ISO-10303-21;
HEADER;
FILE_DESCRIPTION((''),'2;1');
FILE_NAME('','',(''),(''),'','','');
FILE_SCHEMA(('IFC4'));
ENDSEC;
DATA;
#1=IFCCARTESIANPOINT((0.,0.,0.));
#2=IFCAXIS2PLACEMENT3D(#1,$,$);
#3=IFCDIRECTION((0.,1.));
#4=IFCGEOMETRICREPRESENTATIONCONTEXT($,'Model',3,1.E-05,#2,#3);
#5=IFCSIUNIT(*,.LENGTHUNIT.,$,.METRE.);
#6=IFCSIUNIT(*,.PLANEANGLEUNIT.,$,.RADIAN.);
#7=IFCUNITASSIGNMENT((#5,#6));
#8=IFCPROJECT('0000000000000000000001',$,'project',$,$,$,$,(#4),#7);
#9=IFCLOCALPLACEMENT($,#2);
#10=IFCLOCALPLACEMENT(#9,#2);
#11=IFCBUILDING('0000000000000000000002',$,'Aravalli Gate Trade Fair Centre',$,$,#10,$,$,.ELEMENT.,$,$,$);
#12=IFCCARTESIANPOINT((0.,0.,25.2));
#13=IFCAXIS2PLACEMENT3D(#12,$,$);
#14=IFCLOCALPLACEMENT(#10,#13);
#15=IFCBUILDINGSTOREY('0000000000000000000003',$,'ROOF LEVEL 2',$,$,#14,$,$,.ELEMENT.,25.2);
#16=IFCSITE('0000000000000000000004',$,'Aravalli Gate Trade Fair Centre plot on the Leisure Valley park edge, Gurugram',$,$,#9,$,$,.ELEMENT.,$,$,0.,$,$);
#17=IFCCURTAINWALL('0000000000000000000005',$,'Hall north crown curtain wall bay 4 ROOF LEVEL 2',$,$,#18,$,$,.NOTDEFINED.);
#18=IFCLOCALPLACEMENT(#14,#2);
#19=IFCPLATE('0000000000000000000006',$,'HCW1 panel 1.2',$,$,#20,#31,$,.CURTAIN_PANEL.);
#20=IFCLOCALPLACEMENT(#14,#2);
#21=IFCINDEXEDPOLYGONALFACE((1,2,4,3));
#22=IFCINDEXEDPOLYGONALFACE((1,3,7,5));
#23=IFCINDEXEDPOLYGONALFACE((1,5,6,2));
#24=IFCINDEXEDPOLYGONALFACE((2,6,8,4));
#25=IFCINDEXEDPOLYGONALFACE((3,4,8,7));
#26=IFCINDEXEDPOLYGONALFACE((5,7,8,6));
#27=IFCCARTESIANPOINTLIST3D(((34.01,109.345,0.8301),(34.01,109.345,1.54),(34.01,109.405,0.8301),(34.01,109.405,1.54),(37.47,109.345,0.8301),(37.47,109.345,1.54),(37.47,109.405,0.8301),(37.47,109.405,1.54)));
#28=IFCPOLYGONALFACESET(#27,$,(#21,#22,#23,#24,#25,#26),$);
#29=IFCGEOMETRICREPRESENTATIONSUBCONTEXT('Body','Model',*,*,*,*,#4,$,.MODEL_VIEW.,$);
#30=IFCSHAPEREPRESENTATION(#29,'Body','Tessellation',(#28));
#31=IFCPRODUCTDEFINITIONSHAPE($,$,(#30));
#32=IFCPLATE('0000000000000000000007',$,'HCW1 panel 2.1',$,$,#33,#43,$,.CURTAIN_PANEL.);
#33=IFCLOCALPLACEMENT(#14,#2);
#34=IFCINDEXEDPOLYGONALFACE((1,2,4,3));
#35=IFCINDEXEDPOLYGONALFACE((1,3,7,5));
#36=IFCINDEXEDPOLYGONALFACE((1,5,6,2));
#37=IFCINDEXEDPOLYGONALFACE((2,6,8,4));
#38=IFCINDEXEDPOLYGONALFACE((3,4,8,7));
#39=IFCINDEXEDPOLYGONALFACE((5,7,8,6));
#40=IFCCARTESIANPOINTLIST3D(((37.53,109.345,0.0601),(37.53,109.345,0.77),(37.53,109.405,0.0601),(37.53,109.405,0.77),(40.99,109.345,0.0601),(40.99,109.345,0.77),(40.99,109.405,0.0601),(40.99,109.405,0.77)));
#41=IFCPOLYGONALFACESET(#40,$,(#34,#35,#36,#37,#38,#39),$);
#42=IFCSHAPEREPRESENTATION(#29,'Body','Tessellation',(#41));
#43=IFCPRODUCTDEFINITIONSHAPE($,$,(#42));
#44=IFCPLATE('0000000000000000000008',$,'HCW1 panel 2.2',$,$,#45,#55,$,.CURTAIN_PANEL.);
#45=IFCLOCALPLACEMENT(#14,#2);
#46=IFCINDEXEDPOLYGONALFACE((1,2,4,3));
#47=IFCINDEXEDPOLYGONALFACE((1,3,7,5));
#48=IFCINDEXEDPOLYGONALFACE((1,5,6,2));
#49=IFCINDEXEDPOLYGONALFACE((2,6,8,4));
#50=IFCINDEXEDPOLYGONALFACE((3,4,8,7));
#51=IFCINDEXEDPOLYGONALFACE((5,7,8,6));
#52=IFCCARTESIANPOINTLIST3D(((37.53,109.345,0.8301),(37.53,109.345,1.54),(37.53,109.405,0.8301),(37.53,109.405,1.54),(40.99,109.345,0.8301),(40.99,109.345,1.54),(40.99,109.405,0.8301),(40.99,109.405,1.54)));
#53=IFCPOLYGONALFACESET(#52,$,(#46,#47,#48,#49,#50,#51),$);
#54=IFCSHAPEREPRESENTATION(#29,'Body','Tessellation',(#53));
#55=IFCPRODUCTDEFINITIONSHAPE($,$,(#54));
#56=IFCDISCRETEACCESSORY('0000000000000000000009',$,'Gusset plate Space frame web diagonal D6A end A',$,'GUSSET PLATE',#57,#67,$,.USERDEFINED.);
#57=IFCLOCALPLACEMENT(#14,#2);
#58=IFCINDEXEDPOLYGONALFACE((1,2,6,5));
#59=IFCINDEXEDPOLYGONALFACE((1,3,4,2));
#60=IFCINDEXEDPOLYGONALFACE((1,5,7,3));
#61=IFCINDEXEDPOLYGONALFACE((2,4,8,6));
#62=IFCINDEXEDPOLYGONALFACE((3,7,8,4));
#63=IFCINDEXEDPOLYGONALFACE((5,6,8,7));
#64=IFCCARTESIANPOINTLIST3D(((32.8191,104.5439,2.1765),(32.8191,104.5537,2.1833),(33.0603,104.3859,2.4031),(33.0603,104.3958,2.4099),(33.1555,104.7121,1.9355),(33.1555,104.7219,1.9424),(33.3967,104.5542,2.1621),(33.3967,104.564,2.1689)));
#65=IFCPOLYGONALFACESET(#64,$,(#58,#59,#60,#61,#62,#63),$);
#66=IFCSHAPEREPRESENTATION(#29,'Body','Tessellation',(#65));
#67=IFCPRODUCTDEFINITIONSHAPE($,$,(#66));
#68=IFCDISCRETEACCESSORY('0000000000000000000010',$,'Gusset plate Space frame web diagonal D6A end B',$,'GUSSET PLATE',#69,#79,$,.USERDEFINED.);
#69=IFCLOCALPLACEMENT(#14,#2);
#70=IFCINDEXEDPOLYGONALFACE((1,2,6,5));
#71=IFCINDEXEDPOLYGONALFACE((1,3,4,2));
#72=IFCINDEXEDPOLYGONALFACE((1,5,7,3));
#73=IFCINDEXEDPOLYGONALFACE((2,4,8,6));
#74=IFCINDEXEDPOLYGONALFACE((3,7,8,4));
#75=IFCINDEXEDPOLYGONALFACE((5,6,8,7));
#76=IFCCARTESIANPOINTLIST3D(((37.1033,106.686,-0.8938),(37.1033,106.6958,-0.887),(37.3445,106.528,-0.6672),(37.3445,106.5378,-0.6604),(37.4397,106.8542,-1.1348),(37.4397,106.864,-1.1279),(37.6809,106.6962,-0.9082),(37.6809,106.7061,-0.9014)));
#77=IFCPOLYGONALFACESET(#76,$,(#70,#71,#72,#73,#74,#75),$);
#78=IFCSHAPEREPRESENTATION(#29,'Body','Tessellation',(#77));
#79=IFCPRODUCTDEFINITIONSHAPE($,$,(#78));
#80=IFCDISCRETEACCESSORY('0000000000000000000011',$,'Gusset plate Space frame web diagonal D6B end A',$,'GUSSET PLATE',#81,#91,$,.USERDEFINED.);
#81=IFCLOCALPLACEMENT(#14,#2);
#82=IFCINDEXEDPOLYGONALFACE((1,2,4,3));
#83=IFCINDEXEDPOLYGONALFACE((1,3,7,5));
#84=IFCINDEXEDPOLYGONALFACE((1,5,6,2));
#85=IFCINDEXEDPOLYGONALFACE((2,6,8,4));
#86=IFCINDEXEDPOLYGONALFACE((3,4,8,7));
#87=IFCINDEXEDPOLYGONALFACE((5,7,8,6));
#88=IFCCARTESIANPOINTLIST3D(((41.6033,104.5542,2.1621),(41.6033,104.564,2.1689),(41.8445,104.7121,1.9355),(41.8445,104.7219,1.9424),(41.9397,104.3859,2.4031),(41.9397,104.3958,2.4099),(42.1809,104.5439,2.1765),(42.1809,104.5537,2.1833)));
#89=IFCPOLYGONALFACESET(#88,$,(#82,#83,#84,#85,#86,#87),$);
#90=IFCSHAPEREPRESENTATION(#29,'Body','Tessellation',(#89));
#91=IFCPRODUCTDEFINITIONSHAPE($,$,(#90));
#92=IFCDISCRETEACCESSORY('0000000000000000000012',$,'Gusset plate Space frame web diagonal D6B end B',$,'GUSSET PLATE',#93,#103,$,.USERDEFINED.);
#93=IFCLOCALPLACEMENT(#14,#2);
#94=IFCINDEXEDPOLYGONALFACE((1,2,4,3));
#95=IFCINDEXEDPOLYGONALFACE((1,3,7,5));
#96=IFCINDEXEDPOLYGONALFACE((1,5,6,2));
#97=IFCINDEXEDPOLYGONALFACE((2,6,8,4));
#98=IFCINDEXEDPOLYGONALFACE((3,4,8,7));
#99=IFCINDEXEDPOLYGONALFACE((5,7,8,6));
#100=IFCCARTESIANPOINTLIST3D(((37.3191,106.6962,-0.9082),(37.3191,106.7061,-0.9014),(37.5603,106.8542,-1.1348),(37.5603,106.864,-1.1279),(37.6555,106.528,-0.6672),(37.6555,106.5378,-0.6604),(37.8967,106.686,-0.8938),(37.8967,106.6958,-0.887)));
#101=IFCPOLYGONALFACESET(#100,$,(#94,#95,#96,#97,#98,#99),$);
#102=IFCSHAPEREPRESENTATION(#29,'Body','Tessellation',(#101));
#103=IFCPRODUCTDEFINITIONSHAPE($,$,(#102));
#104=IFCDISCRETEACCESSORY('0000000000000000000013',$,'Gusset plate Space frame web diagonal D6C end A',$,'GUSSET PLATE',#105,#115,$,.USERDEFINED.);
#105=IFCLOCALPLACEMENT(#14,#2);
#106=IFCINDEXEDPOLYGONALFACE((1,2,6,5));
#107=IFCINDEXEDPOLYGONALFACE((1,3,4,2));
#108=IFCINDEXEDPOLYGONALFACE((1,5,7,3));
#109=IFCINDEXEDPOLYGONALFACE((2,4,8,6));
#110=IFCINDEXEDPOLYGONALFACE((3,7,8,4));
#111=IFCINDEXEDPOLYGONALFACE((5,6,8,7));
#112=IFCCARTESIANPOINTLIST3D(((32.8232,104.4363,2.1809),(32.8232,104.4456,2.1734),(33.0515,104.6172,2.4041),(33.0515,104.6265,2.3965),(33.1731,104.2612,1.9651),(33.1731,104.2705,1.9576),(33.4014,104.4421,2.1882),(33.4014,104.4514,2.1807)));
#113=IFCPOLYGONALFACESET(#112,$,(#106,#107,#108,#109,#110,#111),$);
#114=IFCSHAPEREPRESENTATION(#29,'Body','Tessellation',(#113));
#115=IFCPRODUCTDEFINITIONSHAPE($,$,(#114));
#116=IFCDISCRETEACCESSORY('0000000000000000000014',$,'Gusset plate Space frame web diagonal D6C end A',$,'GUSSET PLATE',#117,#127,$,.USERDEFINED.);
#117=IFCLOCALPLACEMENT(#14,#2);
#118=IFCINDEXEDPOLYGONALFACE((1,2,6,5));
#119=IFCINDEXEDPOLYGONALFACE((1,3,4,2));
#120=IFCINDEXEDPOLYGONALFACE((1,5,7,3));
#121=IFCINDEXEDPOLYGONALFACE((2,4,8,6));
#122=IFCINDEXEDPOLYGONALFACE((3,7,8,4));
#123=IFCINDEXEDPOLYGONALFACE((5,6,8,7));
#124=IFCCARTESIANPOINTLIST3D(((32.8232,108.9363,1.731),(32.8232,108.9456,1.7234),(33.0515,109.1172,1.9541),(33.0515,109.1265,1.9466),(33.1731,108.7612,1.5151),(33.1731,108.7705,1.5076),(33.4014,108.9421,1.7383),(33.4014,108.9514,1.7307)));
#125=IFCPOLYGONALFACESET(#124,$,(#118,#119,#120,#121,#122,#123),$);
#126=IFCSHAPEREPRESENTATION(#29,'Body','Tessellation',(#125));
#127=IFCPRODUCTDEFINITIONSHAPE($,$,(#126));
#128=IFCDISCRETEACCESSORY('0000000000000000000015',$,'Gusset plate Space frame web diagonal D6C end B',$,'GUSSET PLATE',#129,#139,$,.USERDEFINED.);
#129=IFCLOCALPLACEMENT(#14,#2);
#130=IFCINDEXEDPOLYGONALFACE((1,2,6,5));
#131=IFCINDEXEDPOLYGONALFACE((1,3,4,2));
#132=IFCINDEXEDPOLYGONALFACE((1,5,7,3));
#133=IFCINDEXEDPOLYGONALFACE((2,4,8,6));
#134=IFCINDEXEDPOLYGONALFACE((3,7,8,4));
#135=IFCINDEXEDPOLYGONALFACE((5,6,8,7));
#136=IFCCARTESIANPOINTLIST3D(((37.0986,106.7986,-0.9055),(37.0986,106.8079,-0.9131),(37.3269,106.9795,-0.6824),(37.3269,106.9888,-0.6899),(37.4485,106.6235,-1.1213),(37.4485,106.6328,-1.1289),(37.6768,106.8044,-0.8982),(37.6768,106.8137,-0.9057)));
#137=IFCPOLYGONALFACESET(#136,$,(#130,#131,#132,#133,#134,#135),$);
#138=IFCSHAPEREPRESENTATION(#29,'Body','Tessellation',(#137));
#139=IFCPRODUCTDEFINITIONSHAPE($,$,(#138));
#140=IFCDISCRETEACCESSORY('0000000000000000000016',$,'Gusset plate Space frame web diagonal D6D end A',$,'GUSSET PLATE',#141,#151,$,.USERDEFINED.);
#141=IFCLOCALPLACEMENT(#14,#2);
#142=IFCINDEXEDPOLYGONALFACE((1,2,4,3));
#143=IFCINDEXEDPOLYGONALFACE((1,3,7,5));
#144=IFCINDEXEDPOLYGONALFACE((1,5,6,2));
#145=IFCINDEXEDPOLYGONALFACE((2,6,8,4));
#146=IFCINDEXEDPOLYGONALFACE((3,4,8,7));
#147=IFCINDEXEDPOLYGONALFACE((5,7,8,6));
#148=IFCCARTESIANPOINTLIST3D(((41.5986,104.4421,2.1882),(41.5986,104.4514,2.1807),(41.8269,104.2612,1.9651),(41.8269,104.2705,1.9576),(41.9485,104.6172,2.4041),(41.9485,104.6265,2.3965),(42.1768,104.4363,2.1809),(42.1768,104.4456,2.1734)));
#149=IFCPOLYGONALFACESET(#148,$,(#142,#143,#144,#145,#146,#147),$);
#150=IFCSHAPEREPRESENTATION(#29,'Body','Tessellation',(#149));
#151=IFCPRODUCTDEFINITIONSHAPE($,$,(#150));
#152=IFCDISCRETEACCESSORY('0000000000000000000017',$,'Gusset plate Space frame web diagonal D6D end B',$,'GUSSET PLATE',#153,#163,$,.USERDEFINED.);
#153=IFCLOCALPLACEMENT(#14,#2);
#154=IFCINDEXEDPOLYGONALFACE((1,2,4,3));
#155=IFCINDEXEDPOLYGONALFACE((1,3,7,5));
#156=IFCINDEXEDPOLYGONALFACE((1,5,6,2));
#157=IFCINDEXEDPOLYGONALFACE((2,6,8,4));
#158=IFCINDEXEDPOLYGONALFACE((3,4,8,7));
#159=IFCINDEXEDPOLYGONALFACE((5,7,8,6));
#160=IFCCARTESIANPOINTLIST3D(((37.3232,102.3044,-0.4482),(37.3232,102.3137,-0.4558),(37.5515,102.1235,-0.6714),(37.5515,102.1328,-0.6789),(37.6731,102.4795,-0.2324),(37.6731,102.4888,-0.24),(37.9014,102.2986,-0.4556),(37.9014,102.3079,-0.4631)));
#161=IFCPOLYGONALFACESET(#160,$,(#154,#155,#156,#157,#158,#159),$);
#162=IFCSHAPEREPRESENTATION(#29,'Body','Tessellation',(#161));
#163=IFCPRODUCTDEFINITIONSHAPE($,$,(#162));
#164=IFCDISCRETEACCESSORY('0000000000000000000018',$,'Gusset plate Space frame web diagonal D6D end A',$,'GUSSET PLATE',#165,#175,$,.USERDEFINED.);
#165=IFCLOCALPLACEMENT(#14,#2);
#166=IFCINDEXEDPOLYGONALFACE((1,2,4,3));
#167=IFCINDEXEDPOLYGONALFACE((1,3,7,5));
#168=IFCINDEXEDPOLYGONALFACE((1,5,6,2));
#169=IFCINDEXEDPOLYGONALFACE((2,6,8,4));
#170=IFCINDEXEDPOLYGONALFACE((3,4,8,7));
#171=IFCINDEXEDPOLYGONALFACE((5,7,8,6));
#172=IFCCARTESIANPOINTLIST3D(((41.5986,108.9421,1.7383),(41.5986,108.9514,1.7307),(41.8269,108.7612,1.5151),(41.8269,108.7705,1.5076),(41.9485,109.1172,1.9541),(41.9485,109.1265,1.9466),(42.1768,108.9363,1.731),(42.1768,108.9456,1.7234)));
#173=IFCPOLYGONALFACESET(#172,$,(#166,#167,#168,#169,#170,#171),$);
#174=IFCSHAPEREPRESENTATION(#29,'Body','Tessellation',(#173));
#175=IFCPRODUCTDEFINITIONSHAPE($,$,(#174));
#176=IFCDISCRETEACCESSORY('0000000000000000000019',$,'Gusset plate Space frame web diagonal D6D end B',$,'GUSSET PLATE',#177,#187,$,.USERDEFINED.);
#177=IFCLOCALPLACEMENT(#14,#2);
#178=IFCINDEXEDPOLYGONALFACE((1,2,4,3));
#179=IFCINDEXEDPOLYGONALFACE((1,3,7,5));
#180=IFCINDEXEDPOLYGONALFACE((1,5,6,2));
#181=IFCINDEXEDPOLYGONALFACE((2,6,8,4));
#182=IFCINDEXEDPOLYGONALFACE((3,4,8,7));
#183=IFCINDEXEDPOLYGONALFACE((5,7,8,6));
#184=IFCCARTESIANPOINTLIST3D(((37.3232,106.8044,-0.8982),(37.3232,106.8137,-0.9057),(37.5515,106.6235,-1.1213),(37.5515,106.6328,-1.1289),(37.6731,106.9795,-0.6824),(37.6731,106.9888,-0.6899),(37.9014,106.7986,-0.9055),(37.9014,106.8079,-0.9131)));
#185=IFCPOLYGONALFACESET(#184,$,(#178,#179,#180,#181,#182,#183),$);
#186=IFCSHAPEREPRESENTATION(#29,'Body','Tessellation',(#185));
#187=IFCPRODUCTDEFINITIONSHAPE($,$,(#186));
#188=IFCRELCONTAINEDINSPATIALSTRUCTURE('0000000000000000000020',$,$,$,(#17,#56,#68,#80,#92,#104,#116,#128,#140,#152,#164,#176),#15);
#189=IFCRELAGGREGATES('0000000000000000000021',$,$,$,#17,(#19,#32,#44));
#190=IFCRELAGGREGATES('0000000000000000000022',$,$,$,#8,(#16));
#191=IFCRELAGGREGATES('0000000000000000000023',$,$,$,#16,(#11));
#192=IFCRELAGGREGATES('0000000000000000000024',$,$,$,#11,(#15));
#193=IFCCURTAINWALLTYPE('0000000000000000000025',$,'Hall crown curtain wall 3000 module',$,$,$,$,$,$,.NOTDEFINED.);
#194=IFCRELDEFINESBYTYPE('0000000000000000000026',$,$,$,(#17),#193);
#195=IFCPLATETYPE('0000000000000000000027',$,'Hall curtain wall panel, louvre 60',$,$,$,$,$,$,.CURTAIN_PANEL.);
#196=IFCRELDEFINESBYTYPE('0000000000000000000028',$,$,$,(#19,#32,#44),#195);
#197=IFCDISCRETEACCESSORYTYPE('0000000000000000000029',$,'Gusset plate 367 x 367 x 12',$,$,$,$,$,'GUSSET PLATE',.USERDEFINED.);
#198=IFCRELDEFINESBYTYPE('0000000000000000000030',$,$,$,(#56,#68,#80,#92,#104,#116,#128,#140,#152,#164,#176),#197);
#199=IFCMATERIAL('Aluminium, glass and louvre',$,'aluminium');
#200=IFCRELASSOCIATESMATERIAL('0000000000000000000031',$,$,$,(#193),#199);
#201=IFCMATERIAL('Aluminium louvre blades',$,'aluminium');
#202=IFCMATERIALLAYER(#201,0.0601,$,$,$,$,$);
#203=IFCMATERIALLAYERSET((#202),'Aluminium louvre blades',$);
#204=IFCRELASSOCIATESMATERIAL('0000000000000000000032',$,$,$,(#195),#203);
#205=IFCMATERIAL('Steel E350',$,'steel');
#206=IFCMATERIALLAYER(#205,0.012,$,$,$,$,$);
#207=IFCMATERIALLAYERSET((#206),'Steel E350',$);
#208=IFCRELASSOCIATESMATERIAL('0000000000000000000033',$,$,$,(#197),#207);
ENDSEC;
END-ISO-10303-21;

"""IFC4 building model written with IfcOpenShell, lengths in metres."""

from ifc_helpers import new_model, si_unit, direction, frame, origin, origin_2d, place, context, subcontext, project, spatial, polyline, rectangle, outline, extrude, material, layer, layer_set, type_object, element, aggregate, save


model = new_model("IFC4")

# Units and contexts
model_context = context("Model", 3, precision=1e-05, world=origin(), true_north=direction((0.0, 1.0)))
body_context = subcontext(model_context, "Body", "Model", "MODEL_VIEW")
ifc_project = project(units=[si_unit("LENGTHUNIT", "METRE"), si_unit("PLANEANGLEUNIT", "RADIAN")], contexts=[model_context])

# Site, building, storey
site_placement = place(None, origin())
site = spatial("IfcSite", under=ifc_project, at=site_placement, Name="Aravalli Gate Trade Fair Centre plot on the Leisure Valley park edge, Gurugram", CompositionType="ELEMENT", RefElevation=0.0)
building_placement = place(site_placement, origin())
building = spatial("IfcBuilding", under=site, at=building_placement, Name="Aravalli Gate Trade Fair Centre", CompositionType="ELEMENT")
storey_placement = place(building_placement, frame((0.0, 0.0, 25.2)))
storey = spatial("IfcBuildingStorey", under=building, at=storey_placement, Name="ROOF LEVEL 2", CompositionType="ELEMENT", Elevation=25.2)

# Shared definitions
ifc_material_1 = material(Name="Steel E350", Category="steel")

# Curtain wall, plates
ifc_material_2 = material(Name="Aluminium, glass and louvre", Category="aluminium")
curtain_wall_type = type_object("IfcCurtainWallType", Name="Hall crown curtain wall 3000 module", PredefinedType="NOTDEFINED", material=ifc_material_2)
curtain_wall_placement = place(storey_placement, origin())
curtain_wall = element("IfcCurtainWall", 1, at=curtain_wall_placement, inside=storey, type_object=curtain_wall_type, Name="Hall north crown curtain wall bay 4 ROOF LEVEL 2", PredefinedType="NOTDEFINED")
ifc_material_3 = material(Name="Aluminium louvre blades", Category="aluminium")
ifc_layer_1 = layer(ifc_material_3, 0.0601)
ifc_layer_set_1 = layer_set([ifc_layer_1], Name="Aluminium louvre blades")
plate_type = type_object("IfcPlateType", Name="Hall curtain wall panel, louvre 60", PredefinedType="CURTAIN_PANEL", material=ifc_layer_set_1)
plate_1_placement = place(storey_placement, frame((35.74, 109.375, 0.8301), z_axis=(0.0, 0.0, 1.0), x_axis=(1.0, 0.0, 0.0)))
plate_1 = element("IfcPlate", 2, at=plate_1_placement, type_object=plate_type, Name="HCW1 panel 1.2", PredefinedType="CURTAIN_PANEL", context=body_context, shape_type="SweptSolid", body=[
    extrude(rectangle(XDim=3.46, YDim=0.0601, at=origin_2d()), origin(), (0.0, 0.0, 1.0), 0.71),
])
plate_2_placement = place(storey_placement, frame((39.26, 109.375, 0.0601), z_axis=(0.0, 0.0, 1.0), x_axis=(1.0, 0.0, 0.0)))
plate_2 = element("IfcPlate", 3, at=plate_2_placement, type_object=plate_type, Name="HCW1 panel 2.1", PredefinedType="CURTAIN_PANEL", context=body_context, shape_type="SweptSolid", body=[
    extrude(rectangle(XDim=3.46, YDim=0.0601, at=origin_2d()), origin(), (0.0, 0.0, 1.0), 0.71),
])
plate_3_placement = place(storey_placement, frame((39.26, 109.375, 0.8301), z_axis=(0.0, 0.0, 1.0), x_axis=(1.0, 0.0, 0.0)))
plate_3 = element("IfcPlate", 4, at=plate_3_placement, type_object=plate_type, Name="HCW1 panel 2.2", PredefinedType="CURTAIN_PANEL", context=body_context, shape_type="SweptSolid", body=[
    extrude(rectangle(XDim=3.46, YDim=0.0601, at=origin_2d()), origin(), (0.0, 0.0, 1.0), 0.71),
])
aggregate(curtain_wall, [plate_1, plate_2, plate_3])

# Discrete accessories
ifc_layer_2 = layer(ifc_material_1, 0.012)
ifc_layer_set_2 = layer_set([ifc_layer_2], Name="Steel E350")
discrete_accessory_type = type_object("IfcDiscreteAccessoryType", Name="Gusset plate 367 x 367 x 12", ElementType="GUSSET PLATE", PredefinedType="USERDEFINED", material=ifc_layer_set_2)
discrete_accessory_1_placement = place(storey_placement, frame((33.1555, 104.7219, 1.9424), z_axis=(-0.000292, 0.820164, 0.572128), x_axis=(-0.753132, -0.376566, 0.539435)))
element("IfcDiscreteAccessory", 5, at=discrete_accessory_1_placement, inside=storey, type_object=discrete_accessory_type, Name="Gusset plate Space frame web diagonal D6A end A", ObjectType="GUSSET PLATE", PredefinedType="USERDEFINED", context=body_context, shape_type="SweptSolid", body=[
    extrude(outline(polyline([(0.0, 0.0), (0.4467, 0.0), (0.4467, 0.3667), (0.0, 0.3667), (0.0, 0.0)])), origin(), (0.0, 0.0, -1.0), 0.012),
])
discrete_accessory_2_placement = place(storey_placement, frame((37.1033, 106.6958, -0.887), z_axis=(-0.000292, 0.820164, 0.572128), x_axis=(0.753132, 0.376566, -0.539435)))
element("IfcDiscreteAccessory", 6, at=discrete_accessory_2_placement, inside=storey, type_object=discrete_accessory_type, Name="Gusset plate Space frame web diagonal D6A end B", ObjectType="GUSSET PLATE", PredefinedType="USERDEFINED", context=body_context, shape_type="SweptSolid", body=[
    extrude(outline(polyline([(0.0, 0.0), (0.4467, 0.0), (0.4467, -0.3667), (0.0, -0.3667), (0.0, 0.0)])), origin(), (0.0, 0.0, -1.0), 0.012),
])
discrete_accessory_3_placement = place(storey_placement, frame((41.6033, 104.564, 2.1689), z_axis=(0.000292, 0.820164, 0.572128), x_axis=(0.753132, -0.376566, 0.539435)))
element("IfcDiscreteAccessory", 7, at=discrete_accessory_3_placement, inside=storey, type_object=discrete_accessory_type, Name="Gusset plate Space frame web diagonal D6B end A", ObjectType="GUSSET PLATE", PredefinedType="USERDEFINED", context=body_context, shape_type="SweptSolid", body=[
    extrude(outline(polyline([(0.0, 0.0), (0.4467, 0.0), (0.4467, 0.3667), (0.0, 0.3667), (0.0, 0.0)])), origin(), (0.0, 0.0, -1.0), 0.012),
])
discrete_accessory_4_placement = place(storey_placement, frame((37.6555, 106.5378, -0.6604), z_axis=(0.000292, 0.820164, 0.572128), x_axis=(-0.753132, 0.376566, -0.539435)))
element("IfcDiscreteAccessory", 8, at=discrete_accessory_4_placement, inside=storey, type_object=discrete_accessory_type, Name="Gusset plate Space frame web diagonal D6B end B", ObjectType="GUSSET PLATE", PredefinedType="USERDEFINED", context=body_context, shape_type="SweptSolid", body=[
    extrude(outline(polyline([(0.0, 0.0), (0.4467, 0.0), (0.4467, -0.3667), (0.0, -0.3667), (0.0, 0.0)])), origin(), (0.0, 0.0, -1.0), 0.012),
])
for number, where, z_axis, x_axis, name in (
    (9, (33.1731, 104.2612, 1.9651), (-0.000107, -0.776736, 0.629826), (-0.783044, 0.391795, 0.48305), "Gusset plate Space frame web diagonal D6C end A"),
    (10, (33.1731, 108.7612, 1.5151), (-0.000107, -0.776736, 0.629826), (-0.783044, 0.391795, 0.48305), "Gusset plate Space frame web diagonal D6C end A"),
):
    element("IfcDiscreteAccessory", number, at=place(storey_placement, frame(where, z_axis=z_axis, x_axis=x_axis)), inside=storey, type_object=discrete_accessory_type, Name=name, ObjectType="GUSSET PLATE", PredefinedType="USERDEFINED", context=body_context, shape_type="SweptSolid", body=[
        extrude(outline(polyline([(0.0, 0.0), (0.4468, 0.0), (0.4467, -0.3669), (-0.0001, -0.3669), (0.0, 0.0)])), origin(), (0.0, 0.0, -1.0), 0.012),
    ])
discrete_accessory_5_placement = place(storey_placement, frame((37.0986, 106.7986, -0.9055), z_axis=(-0.000107, -0.776736, 0.629826), x_axis=(0.783044, -0.391795, -0.48305)))
element("IfcDiscreteAccessory", 11, at=discrete_accessory_5_placement, inside=storey, type_object=discrete_accessory_type, Name="Gusset plate Space frame web diagonal D6C end B", ObjectType="GUSSET PLATE", PredefinedType="USERDEFINED", context=body_context, shape_type="SweptSolid", body=[
    extrude(outline(polyline([(0.0, 0.0), (0.4468, 0.0), (0.4469, 0.3669), (0.0001, 0.3669), (0.0, 0.0)])), origin(), (0.0, 0.0, -1.0), 0.012),
])
discrete_accessory_6_placement = place(storey_placement, frame((41.5986, 104.4421, 2.1882), z_axis=(0.000107, -0.776736, 0.629826), x_axis=(0.783044, 0.391795, 0.48305)))
element("IfcDiscreteAccessory", 12, at=discrete_accessory_6_placement, inside=storey, type_object=discrete_accessory_type, Name="Gusset plate Space frame web diagonal D6D end A", ObjectType="GUSSET PLATE", PredefinedType="USERDEFINED", context=body_context, shape_type="SweptSolid", body=[
    extrude(outline(polyline([(0.0, 0.0), (0.4468, 0.0), (0.4469, -0.3669), (0.0001, -0.3669), (0.0, 0.0)])), origin(), (0.0, 0.0, -1.0), 0.012),
])
discrete_accessory_7_placement = place(storey_placement, frame((37.6731, 102.4795, -0.2324), z_axis=(0.000107, -0.776736, 0.629826), x_axis=(-0.783044, -0.391795, -0.48305)))
element("IfcDiscreteAccessory", 13, at=discrete_accessory_7_placement, inside=storey, type_object=discrete_accessory_type, Name="Gusset plate Space frame web diagonal D6D end B", ObjectType="GUSSET PLATE", PredefinedType="USERDEFINED", context=body_context, shape_type="SweptSolid", body=[
    extrude(outline(polyline([(0.0, 0.0), (0.4468, 0.0), (0.4467, 0.3669), (-0.0001, 0.3669), (0.0, 0.0)])), origin(), (0.0, 0.0, -1.0), 0.012),
])
discrete_accessory_8_placement = place(storey_placement, frame((41.5986, 108.9421, 1.7383), z_axis=(0.000107, -0.776736, 0.629826), x_axis=(0.783044, 0.391795, 0.48305)))
element("IfcDiscreteAccessory", 14, at=discrete_accessory_8_placement, inside=storey, type_object=discrete_accessory_type, Name="Gusset plate Space frame web diagonal D6D end A", ObjectType="GUSSET PLATE", PredefinedType="USERDEFINED", context=body_context, shape_type="SweptSolid", body=[
    extrude(outline(polyline([(0.0, 0.0), (0.4468, 0.0), (0.4469, -0.3669), (0.0001, -0.3669), (0.0, 0.0)])), origin(), (0.0, 0.0, -1.0), 0.012),
])
discrete_accessory_9_placement = place(storey_placement, frame((37.6731, 106.9795, -0.6824), z_axis=(0.000107, -0.776736, 0.629826), x_axis=(-0.783044, -0.391795, -0.48305)))
element("IfcDiscreteAccessory", 15, at=discrete_accessory_9_placement, inside=storey, type_object=discrete_accessory_type, Name="Gusset plate Space frame web diagonal D6D end B", ObjectType="GUSSET PLATE", PredefinedType="USERDEFINED", context=body_context, shape_type="SweptSolid", body=[
    extrude(outline(polyline([(0.0, 0.0), (0.4468, 0.0), (0.4467, 0.3669), (-0.0001, 0.3669), (0.0, 0.0)])), origin(), (0.0, 0.0, -1.0), 0.012),
])

save(model, "model.ifc")
